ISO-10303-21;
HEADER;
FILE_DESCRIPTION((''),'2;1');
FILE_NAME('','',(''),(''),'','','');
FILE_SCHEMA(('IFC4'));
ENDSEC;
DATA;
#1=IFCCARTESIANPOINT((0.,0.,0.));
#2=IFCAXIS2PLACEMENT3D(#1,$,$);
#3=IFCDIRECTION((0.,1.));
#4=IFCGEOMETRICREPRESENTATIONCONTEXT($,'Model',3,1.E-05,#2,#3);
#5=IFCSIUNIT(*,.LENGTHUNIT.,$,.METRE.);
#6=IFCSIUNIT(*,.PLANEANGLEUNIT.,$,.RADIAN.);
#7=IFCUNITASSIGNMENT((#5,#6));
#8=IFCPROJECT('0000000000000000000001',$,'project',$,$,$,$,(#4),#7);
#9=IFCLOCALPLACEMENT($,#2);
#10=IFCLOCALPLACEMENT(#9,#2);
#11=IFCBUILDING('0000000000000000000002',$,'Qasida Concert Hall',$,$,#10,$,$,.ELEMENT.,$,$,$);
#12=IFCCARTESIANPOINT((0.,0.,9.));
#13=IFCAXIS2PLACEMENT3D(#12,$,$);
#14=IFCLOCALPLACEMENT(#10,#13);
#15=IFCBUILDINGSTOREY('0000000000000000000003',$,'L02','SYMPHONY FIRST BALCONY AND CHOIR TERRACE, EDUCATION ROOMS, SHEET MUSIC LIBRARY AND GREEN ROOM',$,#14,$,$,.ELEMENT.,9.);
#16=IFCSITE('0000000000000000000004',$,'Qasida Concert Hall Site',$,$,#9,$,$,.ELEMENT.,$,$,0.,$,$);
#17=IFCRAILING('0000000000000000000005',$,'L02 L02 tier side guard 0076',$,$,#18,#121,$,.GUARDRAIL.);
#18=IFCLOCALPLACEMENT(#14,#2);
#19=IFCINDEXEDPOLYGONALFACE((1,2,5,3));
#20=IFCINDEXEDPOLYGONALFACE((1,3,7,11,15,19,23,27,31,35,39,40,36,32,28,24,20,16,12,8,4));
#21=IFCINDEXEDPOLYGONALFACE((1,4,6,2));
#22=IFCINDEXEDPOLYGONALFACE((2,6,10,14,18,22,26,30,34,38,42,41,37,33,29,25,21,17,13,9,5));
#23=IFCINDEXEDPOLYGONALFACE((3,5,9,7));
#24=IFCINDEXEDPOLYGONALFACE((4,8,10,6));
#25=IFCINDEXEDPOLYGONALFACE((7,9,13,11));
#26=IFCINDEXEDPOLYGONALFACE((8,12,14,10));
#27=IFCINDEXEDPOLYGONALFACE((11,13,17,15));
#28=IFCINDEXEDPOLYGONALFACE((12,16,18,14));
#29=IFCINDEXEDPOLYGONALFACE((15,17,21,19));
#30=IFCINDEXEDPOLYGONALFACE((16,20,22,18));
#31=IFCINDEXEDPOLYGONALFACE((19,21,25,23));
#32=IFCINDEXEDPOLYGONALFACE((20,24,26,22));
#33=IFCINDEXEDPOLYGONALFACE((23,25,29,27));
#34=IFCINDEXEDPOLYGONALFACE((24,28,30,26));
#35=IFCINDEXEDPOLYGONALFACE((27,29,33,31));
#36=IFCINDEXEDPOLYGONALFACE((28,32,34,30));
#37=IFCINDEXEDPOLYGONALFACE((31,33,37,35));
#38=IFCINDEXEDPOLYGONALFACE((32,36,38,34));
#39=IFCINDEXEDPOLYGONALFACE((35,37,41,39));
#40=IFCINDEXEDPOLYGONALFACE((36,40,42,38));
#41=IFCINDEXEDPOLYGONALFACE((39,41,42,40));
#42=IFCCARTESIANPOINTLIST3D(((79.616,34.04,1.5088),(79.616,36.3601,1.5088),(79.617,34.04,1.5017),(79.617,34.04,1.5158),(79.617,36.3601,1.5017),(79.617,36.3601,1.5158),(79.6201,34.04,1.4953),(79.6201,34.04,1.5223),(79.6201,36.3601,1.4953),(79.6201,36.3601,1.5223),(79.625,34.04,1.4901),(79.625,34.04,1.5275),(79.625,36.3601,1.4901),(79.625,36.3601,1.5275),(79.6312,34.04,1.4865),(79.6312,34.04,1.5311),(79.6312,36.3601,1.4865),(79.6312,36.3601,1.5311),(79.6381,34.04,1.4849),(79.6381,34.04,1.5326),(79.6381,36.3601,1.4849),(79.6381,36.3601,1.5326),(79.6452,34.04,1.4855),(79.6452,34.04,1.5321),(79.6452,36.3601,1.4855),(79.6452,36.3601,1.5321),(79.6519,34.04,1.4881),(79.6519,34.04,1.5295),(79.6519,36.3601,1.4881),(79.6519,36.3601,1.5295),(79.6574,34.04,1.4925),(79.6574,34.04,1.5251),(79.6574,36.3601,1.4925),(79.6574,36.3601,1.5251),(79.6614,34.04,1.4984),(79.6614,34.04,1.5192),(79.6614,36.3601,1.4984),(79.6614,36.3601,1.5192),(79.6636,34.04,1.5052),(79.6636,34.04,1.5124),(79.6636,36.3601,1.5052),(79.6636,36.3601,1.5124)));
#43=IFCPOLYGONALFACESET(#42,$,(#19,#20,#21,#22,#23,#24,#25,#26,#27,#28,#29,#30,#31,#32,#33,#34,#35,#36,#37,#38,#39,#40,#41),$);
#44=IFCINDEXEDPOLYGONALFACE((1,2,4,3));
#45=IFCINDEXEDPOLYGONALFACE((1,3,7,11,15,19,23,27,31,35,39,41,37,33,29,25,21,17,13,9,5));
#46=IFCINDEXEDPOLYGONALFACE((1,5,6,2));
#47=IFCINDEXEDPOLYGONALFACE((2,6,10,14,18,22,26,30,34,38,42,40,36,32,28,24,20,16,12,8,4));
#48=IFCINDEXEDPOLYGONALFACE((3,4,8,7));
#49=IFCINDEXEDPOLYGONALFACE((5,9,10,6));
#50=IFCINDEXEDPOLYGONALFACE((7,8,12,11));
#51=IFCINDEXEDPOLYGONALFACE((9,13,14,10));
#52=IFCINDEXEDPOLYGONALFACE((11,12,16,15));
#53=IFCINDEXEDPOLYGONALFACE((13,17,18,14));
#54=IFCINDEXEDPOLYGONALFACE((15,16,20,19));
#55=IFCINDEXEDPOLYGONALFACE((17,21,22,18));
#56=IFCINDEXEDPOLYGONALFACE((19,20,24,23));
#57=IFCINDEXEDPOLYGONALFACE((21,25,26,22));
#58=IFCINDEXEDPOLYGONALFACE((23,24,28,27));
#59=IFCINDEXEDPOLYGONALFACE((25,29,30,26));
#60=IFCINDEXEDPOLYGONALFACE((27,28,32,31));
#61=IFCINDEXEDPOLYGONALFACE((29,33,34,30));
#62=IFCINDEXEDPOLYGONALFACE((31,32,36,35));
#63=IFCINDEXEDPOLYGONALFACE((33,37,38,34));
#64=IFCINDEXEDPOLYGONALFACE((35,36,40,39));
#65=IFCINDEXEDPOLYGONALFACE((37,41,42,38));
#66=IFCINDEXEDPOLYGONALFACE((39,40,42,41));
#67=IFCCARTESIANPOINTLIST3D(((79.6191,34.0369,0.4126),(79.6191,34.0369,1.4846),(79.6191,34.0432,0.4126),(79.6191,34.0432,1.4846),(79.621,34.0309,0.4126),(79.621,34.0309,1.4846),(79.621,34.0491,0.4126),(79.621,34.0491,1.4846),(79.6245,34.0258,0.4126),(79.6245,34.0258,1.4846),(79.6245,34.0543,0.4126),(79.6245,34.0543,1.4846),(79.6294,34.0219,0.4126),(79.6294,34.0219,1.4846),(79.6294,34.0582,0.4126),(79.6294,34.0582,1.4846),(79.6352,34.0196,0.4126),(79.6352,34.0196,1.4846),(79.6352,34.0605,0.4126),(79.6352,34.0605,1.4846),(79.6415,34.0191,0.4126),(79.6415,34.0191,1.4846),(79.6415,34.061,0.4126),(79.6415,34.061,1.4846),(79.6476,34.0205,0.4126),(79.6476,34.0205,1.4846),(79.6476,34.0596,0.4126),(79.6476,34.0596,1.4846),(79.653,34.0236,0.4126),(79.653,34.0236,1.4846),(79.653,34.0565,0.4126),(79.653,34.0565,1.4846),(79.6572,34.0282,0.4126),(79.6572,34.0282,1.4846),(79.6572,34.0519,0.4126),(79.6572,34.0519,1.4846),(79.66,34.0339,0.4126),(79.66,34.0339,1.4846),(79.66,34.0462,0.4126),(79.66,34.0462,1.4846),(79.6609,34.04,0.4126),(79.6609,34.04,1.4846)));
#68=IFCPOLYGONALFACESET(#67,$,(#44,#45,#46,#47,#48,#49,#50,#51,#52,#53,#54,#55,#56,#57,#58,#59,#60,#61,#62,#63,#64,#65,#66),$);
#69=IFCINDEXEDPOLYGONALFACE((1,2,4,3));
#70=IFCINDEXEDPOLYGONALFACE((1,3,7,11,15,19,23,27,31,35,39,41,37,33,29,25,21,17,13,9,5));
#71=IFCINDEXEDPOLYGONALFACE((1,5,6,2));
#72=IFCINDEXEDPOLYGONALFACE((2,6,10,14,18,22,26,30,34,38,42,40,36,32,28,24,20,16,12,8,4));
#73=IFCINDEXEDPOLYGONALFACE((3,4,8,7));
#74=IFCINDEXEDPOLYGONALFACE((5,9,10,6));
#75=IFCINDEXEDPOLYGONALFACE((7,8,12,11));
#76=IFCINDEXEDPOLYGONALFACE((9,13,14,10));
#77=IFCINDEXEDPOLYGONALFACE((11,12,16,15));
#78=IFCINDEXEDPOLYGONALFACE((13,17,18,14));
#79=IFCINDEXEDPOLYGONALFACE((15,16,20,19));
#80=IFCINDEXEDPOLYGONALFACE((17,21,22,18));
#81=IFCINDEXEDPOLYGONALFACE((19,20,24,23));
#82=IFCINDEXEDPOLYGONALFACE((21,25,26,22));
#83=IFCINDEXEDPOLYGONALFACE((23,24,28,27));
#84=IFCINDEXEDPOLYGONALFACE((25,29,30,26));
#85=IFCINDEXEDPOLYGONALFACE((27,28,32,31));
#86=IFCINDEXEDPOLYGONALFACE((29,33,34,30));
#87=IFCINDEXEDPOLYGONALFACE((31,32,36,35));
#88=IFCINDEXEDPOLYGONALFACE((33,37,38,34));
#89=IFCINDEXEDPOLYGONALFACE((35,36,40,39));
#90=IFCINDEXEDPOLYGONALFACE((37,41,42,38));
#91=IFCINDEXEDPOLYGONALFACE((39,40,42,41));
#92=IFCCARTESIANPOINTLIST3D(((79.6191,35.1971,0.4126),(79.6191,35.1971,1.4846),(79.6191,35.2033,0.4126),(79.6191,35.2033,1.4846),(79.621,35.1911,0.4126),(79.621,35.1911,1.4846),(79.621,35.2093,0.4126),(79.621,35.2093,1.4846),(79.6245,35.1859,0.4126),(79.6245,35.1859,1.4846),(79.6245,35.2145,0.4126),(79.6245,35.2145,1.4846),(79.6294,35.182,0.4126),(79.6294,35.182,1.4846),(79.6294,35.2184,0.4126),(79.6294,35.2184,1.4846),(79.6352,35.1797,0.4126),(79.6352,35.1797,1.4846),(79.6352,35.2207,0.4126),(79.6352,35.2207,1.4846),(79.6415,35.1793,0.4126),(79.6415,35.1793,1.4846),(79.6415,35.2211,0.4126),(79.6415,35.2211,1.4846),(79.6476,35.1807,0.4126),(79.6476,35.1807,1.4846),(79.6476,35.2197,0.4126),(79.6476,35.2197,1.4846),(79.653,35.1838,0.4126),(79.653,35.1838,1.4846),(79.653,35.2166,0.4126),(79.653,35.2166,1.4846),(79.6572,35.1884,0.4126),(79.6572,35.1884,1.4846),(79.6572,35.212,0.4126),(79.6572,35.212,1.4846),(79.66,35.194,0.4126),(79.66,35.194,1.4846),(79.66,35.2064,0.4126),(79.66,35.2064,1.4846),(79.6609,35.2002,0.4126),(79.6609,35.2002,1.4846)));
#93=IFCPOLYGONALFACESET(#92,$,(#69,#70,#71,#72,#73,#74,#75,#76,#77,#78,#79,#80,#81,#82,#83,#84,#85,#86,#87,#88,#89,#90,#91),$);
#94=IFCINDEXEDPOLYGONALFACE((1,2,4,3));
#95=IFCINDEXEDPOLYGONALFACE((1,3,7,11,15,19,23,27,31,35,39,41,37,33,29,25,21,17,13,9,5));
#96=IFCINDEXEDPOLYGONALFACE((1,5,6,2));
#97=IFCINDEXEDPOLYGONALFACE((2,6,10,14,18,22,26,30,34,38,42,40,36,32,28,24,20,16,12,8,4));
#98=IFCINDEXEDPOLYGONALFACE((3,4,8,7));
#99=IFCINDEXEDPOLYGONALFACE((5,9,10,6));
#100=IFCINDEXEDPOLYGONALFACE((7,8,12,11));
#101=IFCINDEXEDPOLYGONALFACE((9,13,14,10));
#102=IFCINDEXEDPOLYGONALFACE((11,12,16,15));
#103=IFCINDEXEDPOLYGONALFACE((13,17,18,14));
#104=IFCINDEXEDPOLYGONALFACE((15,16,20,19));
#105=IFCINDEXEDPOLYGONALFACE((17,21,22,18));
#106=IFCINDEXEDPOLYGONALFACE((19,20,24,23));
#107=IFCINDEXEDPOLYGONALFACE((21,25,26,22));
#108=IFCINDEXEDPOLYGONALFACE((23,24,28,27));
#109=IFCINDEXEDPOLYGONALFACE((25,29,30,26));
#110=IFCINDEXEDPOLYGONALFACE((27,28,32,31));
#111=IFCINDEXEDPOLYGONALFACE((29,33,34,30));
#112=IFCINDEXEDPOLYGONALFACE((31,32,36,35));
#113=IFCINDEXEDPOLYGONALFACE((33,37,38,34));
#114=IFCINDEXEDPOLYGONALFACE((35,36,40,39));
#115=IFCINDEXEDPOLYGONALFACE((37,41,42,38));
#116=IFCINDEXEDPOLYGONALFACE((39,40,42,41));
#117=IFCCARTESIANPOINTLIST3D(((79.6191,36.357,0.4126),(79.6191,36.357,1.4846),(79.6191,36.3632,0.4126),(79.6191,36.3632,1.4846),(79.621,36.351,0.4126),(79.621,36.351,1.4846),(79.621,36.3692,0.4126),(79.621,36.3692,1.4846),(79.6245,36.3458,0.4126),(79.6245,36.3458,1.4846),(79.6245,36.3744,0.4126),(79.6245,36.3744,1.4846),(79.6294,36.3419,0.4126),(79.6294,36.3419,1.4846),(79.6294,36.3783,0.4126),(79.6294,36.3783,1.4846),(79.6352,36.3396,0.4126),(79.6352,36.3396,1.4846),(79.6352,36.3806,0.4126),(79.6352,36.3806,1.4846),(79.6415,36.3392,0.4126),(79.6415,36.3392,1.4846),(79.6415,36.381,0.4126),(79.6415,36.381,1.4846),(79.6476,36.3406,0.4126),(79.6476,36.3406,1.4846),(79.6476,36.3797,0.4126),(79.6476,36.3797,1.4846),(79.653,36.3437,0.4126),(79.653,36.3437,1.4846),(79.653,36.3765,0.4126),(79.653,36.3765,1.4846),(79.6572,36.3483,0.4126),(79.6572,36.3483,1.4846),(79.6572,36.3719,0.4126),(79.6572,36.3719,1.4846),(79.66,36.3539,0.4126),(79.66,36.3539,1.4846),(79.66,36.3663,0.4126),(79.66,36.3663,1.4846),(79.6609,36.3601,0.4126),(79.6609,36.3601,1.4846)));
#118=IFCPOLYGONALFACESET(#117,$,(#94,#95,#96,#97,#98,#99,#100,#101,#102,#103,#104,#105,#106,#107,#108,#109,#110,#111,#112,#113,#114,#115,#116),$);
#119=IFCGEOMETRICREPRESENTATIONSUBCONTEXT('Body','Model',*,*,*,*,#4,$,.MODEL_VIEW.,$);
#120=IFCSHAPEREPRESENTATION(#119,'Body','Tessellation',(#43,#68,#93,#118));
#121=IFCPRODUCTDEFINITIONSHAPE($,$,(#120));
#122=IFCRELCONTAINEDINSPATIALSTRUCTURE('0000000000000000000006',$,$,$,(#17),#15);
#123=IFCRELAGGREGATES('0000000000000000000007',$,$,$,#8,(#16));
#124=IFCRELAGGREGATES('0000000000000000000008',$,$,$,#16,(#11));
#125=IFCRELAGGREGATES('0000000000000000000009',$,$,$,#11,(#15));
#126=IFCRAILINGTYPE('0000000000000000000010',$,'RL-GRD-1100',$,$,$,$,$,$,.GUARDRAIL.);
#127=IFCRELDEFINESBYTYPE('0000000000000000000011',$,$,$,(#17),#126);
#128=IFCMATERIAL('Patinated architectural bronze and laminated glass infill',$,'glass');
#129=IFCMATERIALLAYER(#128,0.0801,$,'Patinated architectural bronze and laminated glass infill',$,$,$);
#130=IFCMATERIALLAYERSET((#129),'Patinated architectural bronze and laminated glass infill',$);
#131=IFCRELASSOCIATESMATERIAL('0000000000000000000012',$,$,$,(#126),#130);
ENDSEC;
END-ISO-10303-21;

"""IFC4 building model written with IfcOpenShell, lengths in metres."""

from ifc_helpers import new_model, si_unit, direction, frame, origin, origin_2d, place, context, subcontext, project, spatial, circle, extrude, material, layer, layer_set, type_object, element, save


model = new_model("IFC4")

# Units and contexts
model_context = context("Model", 3, precision=1e-05, world=origin(), true_north=direction((0.0, 1.0)))
body_context = subcontext(model_context, "Body", "Model", "MODEL_VIEW")
ifc_project = project(units=[si_unit("LENGTHUNIT", "METRE"), si_unit("PLANEANGLEUNIT", "RADIAN")], contexts=[model_context])

# Site, building, storey
site_placement = place(None, origin())
site = spatial("IfcSite", under=ifc_project, at=site_placement, Name="Qasida Concert Hall Site", CompositionType="ELEMENT", RefElevation=0.0)
building_placement = place(site_placement, origin())
building = spatial("IfcBuilding", under=site, at=building_placement, Name="Qasida Concert Hall", CompositionType="ELEMENT")
storey_placement = place(building_placement, frame((0.0, 0.0, 9.0)))
storey = spatial("IfcBuildingStorey", under=building, at=storey_placement, Name="L02", Description="SYMPHONY FIRST BALCONY AND CHOIR TERRACE, EDUCATION ROOMS, SHEET MUSIC LIBRARY AND GREEN ROOM", CompositionType="ELEMENT", Elevation=9.0)

# Railing
ifc_material_1 = material(Name="Patinated architectural bronze and laminated glass infill", Category="glass")
ifc_layer_1 = layer(ifc_material_1, 0.0801, Name="Patinated architectural bronze and laminated glass infill")
ifc_layer_set_1 = layer_set([ifc_layer_1], Name="Patinated architectural bronze and laminated glass infill")
railing_type_1 = type_object("IfcRailingType", Name="RL-GRD-1100", PredefinedType="GUARDRAIL", material=ifc_layer_set_1)
for number, where, name in (
    (1, (79.6399, 34.04, 0.4126), "L02 L02 tier side guard 0076"),
):
    element("IfcRailing", number, at=place(storey_placement, frame(where)), inside=storey, type_object=railing_type_1, Name=name, PredefinedType="GUARDRAIL", context=body_context, shape_type="SweptSolid", body=[
        extrude(circle(Radius=0.0239, at=origin_2d()), frame((0.0, 0.0, 1.0962), z_axis=(0.0, 1.0, 0.0), x_axis=(-1.0, 0.0, 0.0)), (0.0, 0.0, 1.0), 2.3201),
        extrude(circle(Radius=0.021, at=origin_2d()), origin(), (0.0, 0.0, 1.0), 1.072),
        extrude(circle(Radius=0.021, at=origin_2d()), frame((0.0, 1.1602, 0.0)), (0.0, 0.0, 1.0), 1.072),
        extrude(circle(Radius=0.021, at=origin_2d()), frame((0.0, 2.3201, 0.0)), (0.0, 0.0, 1.0), 1.072),
    ])

save(model, "model.ifc")
